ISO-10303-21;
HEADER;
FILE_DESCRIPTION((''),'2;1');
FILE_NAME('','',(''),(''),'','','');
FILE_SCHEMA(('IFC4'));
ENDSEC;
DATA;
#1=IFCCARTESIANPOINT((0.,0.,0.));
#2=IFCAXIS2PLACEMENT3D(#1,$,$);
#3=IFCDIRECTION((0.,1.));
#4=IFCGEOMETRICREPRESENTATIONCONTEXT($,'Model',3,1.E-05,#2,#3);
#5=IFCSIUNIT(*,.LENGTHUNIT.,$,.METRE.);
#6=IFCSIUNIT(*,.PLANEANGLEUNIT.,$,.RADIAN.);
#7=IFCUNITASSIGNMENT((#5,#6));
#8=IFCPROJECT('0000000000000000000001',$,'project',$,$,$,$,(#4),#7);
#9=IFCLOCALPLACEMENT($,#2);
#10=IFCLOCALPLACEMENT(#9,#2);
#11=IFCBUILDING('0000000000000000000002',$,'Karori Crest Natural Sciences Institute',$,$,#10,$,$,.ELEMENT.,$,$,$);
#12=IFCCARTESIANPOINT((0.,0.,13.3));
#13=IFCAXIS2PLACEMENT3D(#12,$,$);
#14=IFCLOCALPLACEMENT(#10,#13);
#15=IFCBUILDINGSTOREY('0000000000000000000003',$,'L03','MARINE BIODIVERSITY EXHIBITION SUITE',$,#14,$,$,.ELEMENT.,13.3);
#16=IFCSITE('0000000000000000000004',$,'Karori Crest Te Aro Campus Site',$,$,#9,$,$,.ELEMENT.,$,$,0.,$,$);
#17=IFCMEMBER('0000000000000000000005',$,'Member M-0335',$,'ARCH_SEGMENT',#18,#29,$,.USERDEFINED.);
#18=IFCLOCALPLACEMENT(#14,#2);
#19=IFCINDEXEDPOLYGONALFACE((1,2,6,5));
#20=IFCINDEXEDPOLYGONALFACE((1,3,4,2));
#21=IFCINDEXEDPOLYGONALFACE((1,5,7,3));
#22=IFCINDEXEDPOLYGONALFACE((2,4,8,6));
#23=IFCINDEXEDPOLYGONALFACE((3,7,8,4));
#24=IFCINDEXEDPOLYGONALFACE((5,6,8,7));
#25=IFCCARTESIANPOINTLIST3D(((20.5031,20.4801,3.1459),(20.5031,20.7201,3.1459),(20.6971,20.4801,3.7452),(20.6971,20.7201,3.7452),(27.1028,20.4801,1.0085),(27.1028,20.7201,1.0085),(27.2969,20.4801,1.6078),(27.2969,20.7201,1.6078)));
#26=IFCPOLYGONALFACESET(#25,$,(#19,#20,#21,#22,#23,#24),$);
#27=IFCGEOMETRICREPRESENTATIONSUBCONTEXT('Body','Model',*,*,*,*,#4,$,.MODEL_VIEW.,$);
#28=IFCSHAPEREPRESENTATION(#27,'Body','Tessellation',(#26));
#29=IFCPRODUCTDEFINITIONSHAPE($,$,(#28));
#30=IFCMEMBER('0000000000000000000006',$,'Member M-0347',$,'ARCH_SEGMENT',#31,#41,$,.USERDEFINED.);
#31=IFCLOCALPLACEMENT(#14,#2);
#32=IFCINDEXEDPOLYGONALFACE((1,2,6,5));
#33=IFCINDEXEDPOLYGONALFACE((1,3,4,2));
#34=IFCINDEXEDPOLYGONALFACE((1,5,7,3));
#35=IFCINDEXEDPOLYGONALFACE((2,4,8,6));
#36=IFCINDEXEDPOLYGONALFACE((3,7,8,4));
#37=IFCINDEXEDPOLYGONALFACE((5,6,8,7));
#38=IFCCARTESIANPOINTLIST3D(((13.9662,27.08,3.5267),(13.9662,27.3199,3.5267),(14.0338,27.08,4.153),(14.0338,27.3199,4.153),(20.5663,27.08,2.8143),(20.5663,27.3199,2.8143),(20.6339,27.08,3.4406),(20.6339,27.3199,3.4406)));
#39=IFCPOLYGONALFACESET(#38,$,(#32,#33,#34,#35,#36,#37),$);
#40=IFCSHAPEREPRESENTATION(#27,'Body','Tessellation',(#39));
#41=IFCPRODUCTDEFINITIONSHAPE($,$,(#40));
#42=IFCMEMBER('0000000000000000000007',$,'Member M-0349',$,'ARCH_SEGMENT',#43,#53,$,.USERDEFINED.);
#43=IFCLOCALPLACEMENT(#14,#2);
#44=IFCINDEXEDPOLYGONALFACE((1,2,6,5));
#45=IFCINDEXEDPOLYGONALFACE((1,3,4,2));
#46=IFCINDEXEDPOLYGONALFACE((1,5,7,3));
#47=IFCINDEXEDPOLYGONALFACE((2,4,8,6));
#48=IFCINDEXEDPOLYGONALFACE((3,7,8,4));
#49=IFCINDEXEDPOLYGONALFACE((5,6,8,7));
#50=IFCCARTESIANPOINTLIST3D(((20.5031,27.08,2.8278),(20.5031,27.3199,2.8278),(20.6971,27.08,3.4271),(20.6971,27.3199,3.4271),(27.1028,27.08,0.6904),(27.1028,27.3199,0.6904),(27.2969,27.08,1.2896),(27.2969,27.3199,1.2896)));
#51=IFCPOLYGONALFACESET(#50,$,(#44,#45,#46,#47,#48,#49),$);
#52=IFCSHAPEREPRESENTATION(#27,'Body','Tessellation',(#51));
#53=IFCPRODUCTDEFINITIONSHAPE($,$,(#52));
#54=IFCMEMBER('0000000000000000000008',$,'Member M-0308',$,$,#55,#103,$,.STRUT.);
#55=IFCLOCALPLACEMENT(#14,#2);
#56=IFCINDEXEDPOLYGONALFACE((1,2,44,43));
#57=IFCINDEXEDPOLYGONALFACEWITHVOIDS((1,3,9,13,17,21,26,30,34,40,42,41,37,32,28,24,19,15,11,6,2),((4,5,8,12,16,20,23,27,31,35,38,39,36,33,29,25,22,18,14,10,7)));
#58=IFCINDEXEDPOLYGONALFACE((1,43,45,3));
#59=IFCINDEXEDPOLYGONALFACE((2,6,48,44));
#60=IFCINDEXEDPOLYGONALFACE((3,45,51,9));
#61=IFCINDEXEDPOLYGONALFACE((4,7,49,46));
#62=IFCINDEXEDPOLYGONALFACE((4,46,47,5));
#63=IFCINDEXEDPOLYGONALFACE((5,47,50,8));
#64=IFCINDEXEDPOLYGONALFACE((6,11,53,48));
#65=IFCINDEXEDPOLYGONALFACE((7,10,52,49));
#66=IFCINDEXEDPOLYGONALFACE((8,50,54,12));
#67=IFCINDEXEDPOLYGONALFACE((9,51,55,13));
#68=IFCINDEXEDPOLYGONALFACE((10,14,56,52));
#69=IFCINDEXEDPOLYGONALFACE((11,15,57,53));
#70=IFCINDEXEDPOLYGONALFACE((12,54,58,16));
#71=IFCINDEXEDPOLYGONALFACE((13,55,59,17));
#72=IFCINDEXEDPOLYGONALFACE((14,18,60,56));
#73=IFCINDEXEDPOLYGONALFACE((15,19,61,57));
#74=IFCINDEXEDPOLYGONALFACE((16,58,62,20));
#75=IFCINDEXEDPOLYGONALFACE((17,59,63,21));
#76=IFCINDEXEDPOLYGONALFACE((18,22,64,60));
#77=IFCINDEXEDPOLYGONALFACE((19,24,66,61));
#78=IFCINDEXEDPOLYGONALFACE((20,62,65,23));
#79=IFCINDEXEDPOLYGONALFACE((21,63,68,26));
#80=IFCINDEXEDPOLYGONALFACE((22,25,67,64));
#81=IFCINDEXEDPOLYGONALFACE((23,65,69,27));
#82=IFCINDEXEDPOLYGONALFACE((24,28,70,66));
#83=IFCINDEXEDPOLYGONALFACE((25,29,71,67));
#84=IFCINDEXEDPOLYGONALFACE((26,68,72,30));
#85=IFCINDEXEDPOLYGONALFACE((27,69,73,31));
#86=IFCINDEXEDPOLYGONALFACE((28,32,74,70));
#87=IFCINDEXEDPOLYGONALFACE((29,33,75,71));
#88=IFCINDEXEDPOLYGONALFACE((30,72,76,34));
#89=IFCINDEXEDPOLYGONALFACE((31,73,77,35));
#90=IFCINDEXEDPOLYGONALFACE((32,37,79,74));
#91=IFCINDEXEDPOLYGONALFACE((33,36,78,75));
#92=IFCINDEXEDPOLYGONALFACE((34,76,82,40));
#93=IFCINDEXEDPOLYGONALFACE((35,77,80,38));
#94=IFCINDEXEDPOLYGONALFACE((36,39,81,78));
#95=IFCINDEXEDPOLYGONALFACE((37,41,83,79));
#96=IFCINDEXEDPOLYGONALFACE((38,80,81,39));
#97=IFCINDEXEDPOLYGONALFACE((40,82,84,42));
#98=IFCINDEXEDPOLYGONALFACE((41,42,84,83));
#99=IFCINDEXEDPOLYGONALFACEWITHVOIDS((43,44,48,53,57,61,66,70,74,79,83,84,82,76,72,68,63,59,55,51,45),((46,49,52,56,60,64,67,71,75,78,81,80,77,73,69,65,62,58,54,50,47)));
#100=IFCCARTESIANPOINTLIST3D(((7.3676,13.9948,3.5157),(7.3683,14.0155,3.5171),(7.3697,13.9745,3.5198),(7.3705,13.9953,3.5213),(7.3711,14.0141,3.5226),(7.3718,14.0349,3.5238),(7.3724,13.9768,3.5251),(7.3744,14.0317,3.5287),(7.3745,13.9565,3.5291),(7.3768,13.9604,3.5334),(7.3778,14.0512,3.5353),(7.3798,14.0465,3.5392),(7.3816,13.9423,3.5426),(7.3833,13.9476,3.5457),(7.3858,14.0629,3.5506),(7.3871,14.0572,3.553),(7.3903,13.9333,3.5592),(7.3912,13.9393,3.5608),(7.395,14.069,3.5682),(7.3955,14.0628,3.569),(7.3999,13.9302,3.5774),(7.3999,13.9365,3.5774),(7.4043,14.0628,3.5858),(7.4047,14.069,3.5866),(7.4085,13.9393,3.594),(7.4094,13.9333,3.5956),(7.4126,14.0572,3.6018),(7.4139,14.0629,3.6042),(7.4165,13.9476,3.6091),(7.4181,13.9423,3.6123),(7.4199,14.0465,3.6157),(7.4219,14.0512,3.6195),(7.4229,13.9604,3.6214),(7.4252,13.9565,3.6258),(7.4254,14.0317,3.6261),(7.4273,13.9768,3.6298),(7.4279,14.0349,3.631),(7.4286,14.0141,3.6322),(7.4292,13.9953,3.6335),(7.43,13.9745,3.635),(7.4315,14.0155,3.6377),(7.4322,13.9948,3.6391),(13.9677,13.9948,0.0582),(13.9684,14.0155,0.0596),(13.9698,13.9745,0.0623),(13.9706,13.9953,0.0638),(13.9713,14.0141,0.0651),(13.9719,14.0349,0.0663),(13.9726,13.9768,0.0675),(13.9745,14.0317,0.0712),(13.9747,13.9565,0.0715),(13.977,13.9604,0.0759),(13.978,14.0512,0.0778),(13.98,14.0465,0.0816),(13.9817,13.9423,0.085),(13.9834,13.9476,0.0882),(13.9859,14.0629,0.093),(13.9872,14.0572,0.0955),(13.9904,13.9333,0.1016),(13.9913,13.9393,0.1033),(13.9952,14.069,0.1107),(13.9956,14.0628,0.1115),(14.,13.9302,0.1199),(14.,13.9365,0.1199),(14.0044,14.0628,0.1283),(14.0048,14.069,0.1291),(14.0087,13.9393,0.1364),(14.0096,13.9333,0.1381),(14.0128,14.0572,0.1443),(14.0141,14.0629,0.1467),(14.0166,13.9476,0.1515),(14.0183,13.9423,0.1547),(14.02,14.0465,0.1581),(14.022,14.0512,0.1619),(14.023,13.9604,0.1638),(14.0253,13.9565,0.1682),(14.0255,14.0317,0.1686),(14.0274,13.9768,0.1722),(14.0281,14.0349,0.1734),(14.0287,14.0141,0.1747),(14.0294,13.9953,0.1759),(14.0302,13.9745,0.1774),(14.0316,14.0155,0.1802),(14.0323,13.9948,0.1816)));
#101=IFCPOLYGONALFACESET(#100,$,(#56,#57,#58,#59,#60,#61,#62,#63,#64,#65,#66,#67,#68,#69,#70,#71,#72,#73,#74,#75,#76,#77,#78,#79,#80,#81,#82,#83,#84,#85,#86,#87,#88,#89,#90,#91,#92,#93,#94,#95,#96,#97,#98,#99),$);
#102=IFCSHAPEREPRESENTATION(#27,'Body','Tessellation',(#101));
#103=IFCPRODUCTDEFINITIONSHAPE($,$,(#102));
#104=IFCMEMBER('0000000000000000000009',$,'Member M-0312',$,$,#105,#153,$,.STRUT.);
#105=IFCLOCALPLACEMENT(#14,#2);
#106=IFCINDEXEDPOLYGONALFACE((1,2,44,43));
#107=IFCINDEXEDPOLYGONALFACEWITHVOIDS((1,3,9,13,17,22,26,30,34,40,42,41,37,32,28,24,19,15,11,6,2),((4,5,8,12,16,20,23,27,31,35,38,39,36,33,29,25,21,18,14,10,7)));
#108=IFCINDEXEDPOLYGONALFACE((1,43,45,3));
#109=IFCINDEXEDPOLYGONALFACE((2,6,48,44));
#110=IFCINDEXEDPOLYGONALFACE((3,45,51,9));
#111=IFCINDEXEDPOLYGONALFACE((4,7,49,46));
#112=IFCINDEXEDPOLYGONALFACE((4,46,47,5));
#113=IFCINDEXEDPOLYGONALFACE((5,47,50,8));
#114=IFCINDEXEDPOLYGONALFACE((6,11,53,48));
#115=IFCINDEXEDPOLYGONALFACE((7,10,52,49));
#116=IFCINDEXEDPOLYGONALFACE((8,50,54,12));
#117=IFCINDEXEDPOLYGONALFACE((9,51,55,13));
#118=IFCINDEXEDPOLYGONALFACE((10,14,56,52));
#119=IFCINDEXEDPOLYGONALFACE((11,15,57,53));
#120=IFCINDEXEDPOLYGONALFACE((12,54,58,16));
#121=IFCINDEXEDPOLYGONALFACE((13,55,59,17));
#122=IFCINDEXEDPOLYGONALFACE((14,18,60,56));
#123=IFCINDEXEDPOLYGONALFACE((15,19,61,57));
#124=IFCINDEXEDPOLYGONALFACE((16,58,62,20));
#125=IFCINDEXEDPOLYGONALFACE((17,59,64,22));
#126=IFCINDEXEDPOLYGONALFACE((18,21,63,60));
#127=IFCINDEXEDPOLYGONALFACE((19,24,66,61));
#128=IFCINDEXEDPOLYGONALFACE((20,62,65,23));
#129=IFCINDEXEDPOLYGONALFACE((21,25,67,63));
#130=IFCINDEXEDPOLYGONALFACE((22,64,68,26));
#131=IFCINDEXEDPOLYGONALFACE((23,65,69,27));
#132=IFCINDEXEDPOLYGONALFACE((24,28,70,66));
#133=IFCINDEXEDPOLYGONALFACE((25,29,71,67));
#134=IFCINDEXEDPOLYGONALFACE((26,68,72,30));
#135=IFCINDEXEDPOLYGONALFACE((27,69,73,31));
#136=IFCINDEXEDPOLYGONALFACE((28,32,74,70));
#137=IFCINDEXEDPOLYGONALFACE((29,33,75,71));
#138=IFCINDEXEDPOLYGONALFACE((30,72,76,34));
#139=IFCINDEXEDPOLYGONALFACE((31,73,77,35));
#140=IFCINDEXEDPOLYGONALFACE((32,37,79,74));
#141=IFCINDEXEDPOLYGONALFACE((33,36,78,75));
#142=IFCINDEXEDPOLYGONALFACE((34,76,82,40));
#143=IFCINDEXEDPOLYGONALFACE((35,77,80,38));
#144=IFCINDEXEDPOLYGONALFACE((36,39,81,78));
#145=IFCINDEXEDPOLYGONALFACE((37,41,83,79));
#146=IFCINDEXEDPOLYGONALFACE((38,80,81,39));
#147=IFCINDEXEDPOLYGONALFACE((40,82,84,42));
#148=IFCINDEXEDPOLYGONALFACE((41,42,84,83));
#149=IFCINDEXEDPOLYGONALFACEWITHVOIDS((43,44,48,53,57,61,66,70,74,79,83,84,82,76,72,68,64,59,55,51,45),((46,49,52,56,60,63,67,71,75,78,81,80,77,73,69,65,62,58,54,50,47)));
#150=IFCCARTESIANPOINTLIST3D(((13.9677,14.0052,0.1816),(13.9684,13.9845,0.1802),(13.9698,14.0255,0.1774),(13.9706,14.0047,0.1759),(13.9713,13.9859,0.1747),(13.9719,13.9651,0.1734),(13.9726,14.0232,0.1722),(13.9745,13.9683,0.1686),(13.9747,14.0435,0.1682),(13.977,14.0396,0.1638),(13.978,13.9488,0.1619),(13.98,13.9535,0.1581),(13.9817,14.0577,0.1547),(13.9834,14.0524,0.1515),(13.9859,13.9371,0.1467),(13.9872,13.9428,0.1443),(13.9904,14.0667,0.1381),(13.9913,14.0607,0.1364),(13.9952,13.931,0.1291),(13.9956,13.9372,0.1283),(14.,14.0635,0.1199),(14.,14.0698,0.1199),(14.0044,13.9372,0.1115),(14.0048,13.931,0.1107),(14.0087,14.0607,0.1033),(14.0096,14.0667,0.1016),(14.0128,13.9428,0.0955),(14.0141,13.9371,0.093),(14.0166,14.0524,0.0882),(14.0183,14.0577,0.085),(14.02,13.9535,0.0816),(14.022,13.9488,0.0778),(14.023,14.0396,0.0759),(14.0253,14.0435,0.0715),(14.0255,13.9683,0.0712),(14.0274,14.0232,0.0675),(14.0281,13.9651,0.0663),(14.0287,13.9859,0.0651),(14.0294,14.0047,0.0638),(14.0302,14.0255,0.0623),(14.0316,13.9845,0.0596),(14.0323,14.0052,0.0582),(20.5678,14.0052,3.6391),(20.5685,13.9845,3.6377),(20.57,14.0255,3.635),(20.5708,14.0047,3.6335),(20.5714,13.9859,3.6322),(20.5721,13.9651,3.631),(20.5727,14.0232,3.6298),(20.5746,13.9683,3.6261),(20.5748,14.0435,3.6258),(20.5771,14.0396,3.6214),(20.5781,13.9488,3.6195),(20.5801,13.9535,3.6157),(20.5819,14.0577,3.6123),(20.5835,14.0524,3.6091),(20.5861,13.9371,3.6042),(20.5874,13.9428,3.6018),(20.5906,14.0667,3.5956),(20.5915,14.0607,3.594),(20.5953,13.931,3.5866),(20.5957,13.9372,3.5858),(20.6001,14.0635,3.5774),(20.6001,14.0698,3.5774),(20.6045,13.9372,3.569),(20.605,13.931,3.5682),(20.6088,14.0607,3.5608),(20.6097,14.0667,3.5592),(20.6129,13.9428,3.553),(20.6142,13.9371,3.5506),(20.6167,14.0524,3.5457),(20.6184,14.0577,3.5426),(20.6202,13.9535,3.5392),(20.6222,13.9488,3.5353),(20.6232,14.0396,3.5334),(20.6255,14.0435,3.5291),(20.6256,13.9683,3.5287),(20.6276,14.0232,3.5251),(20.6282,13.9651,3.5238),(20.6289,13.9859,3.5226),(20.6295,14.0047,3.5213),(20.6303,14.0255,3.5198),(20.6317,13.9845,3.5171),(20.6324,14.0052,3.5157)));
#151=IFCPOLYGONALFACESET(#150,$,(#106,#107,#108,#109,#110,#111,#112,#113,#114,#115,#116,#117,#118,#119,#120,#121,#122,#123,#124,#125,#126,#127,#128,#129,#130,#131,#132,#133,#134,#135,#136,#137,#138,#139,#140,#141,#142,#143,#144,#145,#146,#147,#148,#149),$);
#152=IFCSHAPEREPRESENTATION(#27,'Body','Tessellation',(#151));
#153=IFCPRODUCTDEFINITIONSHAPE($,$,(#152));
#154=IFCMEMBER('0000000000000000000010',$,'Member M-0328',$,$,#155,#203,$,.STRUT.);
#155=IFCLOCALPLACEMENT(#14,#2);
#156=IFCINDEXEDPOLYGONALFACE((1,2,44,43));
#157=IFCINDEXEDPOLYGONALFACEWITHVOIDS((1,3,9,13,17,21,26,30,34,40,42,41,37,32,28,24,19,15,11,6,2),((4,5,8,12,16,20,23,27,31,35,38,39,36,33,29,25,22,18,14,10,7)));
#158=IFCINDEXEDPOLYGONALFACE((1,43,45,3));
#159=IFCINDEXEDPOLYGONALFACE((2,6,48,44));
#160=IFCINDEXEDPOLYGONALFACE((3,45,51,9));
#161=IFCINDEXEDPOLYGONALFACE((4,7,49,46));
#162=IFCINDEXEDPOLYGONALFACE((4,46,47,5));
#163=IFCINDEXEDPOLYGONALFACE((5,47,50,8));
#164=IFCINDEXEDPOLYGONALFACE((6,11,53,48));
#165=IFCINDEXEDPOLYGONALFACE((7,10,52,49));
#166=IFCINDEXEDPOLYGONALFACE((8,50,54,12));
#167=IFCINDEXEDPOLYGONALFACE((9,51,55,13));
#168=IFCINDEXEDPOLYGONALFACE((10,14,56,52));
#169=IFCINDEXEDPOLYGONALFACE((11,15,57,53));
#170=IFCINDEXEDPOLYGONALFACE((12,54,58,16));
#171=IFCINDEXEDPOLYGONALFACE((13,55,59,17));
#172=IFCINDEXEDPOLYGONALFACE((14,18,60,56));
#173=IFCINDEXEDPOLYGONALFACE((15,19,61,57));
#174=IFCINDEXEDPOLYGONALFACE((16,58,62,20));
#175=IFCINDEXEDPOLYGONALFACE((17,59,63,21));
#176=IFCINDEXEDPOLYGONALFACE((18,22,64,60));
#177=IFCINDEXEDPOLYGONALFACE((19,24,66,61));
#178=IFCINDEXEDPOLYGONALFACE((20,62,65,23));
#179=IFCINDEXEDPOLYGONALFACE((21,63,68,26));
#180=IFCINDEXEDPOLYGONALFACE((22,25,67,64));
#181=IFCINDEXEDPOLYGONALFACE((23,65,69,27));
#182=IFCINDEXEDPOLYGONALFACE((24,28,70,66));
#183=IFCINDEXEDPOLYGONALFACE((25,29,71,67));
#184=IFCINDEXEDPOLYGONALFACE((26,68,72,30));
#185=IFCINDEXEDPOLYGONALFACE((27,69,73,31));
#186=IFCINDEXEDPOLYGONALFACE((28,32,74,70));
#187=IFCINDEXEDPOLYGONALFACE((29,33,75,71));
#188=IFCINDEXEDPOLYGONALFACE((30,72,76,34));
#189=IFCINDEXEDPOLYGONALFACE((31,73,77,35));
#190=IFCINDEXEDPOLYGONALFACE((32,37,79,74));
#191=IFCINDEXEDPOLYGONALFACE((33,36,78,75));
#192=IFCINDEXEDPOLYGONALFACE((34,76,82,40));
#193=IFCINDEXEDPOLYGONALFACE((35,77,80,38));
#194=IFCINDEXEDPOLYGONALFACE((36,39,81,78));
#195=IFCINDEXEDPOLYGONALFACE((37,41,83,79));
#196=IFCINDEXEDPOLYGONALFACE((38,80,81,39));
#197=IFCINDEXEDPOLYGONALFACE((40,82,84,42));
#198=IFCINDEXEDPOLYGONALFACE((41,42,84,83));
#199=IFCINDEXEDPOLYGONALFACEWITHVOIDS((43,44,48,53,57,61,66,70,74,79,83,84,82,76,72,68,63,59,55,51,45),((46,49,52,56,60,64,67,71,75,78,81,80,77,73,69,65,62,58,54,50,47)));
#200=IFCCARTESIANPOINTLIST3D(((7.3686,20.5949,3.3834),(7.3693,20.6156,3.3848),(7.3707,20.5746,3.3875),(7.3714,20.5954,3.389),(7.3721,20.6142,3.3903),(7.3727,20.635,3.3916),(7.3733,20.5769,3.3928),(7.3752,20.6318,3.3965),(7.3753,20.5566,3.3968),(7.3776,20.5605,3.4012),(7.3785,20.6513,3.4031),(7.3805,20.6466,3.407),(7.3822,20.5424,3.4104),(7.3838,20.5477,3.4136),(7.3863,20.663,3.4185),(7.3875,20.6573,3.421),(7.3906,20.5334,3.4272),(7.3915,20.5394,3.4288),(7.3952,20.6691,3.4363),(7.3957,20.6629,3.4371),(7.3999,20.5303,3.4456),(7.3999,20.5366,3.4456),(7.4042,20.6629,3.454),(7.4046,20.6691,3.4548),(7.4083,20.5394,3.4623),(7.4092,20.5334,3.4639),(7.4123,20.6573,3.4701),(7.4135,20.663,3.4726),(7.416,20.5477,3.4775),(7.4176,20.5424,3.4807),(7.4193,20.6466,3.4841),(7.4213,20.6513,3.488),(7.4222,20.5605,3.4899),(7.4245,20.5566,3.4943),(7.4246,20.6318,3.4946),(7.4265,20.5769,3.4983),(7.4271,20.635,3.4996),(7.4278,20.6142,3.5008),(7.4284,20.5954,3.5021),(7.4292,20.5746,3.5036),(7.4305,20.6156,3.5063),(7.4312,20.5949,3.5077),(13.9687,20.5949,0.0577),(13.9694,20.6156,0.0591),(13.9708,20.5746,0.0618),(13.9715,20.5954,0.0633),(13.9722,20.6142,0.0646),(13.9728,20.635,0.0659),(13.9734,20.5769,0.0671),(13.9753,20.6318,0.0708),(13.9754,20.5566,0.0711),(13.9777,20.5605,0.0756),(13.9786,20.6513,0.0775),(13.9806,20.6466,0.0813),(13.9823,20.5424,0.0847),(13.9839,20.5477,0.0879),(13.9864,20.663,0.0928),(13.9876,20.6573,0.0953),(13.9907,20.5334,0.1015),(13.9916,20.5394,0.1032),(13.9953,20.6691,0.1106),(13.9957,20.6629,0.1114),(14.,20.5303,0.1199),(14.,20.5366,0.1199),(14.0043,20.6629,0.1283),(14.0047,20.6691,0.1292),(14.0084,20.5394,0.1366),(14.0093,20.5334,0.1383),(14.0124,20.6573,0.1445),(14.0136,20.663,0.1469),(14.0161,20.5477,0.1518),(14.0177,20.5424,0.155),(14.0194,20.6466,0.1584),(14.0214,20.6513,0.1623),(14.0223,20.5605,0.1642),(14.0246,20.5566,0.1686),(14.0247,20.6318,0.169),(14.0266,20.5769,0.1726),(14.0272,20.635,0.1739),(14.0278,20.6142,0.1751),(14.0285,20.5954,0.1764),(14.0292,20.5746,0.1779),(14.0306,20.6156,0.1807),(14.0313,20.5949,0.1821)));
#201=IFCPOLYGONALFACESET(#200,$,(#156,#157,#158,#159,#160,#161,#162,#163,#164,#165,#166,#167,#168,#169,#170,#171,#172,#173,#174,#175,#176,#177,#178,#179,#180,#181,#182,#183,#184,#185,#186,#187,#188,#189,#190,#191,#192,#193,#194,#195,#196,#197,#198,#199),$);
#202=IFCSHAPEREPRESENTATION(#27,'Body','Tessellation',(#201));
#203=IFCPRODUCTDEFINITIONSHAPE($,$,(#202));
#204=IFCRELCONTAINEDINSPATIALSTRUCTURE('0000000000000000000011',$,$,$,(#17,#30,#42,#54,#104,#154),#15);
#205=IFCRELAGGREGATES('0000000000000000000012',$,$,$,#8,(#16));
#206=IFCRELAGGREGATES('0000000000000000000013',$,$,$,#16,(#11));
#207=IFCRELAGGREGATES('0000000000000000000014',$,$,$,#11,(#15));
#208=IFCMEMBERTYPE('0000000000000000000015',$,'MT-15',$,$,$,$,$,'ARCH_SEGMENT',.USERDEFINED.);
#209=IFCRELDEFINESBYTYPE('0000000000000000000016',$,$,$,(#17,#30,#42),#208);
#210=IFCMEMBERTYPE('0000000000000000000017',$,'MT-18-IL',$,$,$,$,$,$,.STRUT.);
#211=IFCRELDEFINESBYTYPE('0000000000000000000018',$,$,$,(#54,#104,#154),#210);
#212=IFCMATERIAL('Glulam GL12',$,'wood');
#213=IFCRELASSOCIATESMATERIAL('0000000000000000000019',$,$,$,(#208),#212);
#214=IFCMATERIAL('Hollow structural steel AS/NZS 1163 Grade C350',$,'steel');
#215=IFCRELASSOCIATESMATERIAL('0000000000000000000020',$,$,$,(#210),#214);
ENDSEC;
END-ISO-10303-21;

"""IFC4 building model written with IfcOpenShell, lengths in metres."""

from ifc_helpers import new_model, si_unit, direction, frame, origin, origin_2d, place, context, subcontext, project, spatial, rectangle, hollow_circle, extrude, material, material_profile, profile_set, type_object, element, save


model = new_model("IFC4")

# Units and contexts
model_context = context("Model", 3, precision=1e-05, world=origin(), true_north=direction((0.0, 1.0)))
body_context = subcontext(model_context, "Body", "Model", "MODEL_VIEW")
ifc_project = project(units=[si_unit("LENGTHUNIT", "METRE"), si_unit("PLANEANGLEUNIT", "RADIAN")], contexts=[model_context])

# Site, building, storey
site_placement = place(None, origin())
site = spatial("IfcSite", under=ifc_project, at=site_placement, Name="Karori Crest Te Aro Campus Site", CompositionType="ELEMENT", RefElevation=0.0)
building_placement = place(site_placement, origin())
building = spatial("IfcBuilding", under=site, at=building_placement, Name="Karori Crest Natural Sciences Institute", CompositionType="ELEMENT")
storey_placement = place(building_placement, frame((0.0, 0.0, 13.3)))
storey = spatial("IfcBuildingStorey", under=building, at=storey_placement, Name="L03", Description="MARINE BIODIVERSITY EXHIBITION SUITE", CompositionType="ELEMENT", Elevation=13.3)

# Shared definitions
ifc_material_1 = material(Name="Hollow structural steel AS/NZS 1163 Grade C350", Category="steel")

# Members
ifc_material_2 = material(Name="Glulam GL12", Category="wood")
ifc_material_profile_1 = material_profile(ifc_material_2, rectangle(XDim=0.24, YDim=0.6299, at=origin_2d()), Name="GL240x630")
ifc_profile_set_1 = profile_set([ifc_material_profile_1], Name="Glulam GL12")
member_type_1 = type_object("IfcMemberType", Name="MT-15", ElementType="ARCH_SEGMENT", PredefinedType="USERDEFINED", material=ifc_profile_set_1)
member_1_placement = place(storey_placement, frame((20.6001, 20.6001, 3.4456), z_axis=(0.951351, 0.0, -0.308108), x_axis=(0.0, 1.0, 0.0)))
element("IfcMember", 1, at=member_1_placement, inside=storey, type_object=member_type_1, Name="Member M-0335", ObjectType="ARCH_SEGMENT", PredefinedType="USERDEFINED", context=body_context, shape_type="SweptSolid", body=[
    extrude(rectangle(XDim=0.24, YDim=0.6299, at=origin_2d()), origin(), (0.0, 0.0, 1.0), 6.9373),
])
member_2_placement = place(storey_placement, frame((14.0, 27.2, 3.8398), z_axis=(0.994225, 0.0, -0.107315), x_axis=(0.0, 1.0, 0.0)))
element("IfcMember", 2, at=member_2_placement, inside=storey, type_object=member_type_1, Name="Member M-0347", ObjectType="ARCH_SEGMENT", PredefinedType="USERDEFINED", context=body_context, shape_type="SweptSolid", body=[
    extrude(rectangle(XDim=0.24, YDim=0.6299, at=origin_2d()), origin(), (0.0, 0.0, 1.0), 6.6384),
])
member_3_placement = place(storey_placement, frame((20.6001, 27.2, 3.1274), z_axis=(0.951351, 0.0, -0.308108), x_axis=(0.0, 1.0, 0.0)))
element("IfcMember", 3, at=member_3_placement, inside=storey, type_object=member_type_1, Name="Member M-0349", ObjectType="ARCH_SEGMENT", PredefinedType="USERDEFINED", context=body_context, shape_type="SweptSolid", body=[
    extrude(rectangle(XDim=0.24, YDim=0.6299, at=origin_2d()), origin(), (0.0, 0.0, 1.0), 6.9373),
])
ifc_material_profile_2 = material_profile(ifc_material_1, hollow_circle(Radius=0.0698, WallThickness=0.0063, at=origin_2d()), Name="CHS139.7x6.4")
ifc_profile_set_2 = profile_set([ifc_material_profile_2], Name="Hollow structural steel AS/NZS 1163 Grade C350")
member_type_2 = type_object("IfcMemberType", Name="MT-18-IL", PredefinedType="STRUT", material=ifc_profile_set_2)
for number, where, z_axis, x_axis, name in (
    (4, (14.0, 14.0, 0.1199), (-0.885814, 0.0, 0.464041), (0.0, -1.0, 0.0), "Member M-0308"),
    (5, (14.0, 14.0, 0.1199), (0.885814, 0.0, 0.464041), (0.0, 1.0, 0.0), "Member M-0312"),
):
    element("IfcMember", number, at=place(storey_placement, frame(where, z_axis=z_axis, x_axis=x_axis)), inside=storey, type_object=member_type_2, Name=name, PredefinedType="STRUT", context=body_context, shape_type="SweptSolid", body=[
        extrude(hollow_circle(Radius=0.0698, WallThickness=0.0063, at=origin_2d()), origin(), (0.0, 0.0, 1.0), 7.4509),
    ])
for number, where, z_axis, x_axis, name in (
    (6, (14.0, 20.6001, 0.1199), (-0.893035, 0.0, 0.449986), (0.0, -1.0, 0.0), "Member M-0328"),
):
    element("IfcMember", number, at=place(storey_placement, frame(where, z_axis=z_axis, x_axis=x_axis)), inside=storey, type_object=member_type_2, Name=name, PredefinedType="STRUT", context=body_context, shape_type="SweptSolid", body=[
        extrude(hollow_circle(Radius=0.0698, WallThickness=0.0063, at=origin_2d()), origin(), (0.0, 0.0, 1.0), 7.3906),
    ])

save(model, "model.ifc")
